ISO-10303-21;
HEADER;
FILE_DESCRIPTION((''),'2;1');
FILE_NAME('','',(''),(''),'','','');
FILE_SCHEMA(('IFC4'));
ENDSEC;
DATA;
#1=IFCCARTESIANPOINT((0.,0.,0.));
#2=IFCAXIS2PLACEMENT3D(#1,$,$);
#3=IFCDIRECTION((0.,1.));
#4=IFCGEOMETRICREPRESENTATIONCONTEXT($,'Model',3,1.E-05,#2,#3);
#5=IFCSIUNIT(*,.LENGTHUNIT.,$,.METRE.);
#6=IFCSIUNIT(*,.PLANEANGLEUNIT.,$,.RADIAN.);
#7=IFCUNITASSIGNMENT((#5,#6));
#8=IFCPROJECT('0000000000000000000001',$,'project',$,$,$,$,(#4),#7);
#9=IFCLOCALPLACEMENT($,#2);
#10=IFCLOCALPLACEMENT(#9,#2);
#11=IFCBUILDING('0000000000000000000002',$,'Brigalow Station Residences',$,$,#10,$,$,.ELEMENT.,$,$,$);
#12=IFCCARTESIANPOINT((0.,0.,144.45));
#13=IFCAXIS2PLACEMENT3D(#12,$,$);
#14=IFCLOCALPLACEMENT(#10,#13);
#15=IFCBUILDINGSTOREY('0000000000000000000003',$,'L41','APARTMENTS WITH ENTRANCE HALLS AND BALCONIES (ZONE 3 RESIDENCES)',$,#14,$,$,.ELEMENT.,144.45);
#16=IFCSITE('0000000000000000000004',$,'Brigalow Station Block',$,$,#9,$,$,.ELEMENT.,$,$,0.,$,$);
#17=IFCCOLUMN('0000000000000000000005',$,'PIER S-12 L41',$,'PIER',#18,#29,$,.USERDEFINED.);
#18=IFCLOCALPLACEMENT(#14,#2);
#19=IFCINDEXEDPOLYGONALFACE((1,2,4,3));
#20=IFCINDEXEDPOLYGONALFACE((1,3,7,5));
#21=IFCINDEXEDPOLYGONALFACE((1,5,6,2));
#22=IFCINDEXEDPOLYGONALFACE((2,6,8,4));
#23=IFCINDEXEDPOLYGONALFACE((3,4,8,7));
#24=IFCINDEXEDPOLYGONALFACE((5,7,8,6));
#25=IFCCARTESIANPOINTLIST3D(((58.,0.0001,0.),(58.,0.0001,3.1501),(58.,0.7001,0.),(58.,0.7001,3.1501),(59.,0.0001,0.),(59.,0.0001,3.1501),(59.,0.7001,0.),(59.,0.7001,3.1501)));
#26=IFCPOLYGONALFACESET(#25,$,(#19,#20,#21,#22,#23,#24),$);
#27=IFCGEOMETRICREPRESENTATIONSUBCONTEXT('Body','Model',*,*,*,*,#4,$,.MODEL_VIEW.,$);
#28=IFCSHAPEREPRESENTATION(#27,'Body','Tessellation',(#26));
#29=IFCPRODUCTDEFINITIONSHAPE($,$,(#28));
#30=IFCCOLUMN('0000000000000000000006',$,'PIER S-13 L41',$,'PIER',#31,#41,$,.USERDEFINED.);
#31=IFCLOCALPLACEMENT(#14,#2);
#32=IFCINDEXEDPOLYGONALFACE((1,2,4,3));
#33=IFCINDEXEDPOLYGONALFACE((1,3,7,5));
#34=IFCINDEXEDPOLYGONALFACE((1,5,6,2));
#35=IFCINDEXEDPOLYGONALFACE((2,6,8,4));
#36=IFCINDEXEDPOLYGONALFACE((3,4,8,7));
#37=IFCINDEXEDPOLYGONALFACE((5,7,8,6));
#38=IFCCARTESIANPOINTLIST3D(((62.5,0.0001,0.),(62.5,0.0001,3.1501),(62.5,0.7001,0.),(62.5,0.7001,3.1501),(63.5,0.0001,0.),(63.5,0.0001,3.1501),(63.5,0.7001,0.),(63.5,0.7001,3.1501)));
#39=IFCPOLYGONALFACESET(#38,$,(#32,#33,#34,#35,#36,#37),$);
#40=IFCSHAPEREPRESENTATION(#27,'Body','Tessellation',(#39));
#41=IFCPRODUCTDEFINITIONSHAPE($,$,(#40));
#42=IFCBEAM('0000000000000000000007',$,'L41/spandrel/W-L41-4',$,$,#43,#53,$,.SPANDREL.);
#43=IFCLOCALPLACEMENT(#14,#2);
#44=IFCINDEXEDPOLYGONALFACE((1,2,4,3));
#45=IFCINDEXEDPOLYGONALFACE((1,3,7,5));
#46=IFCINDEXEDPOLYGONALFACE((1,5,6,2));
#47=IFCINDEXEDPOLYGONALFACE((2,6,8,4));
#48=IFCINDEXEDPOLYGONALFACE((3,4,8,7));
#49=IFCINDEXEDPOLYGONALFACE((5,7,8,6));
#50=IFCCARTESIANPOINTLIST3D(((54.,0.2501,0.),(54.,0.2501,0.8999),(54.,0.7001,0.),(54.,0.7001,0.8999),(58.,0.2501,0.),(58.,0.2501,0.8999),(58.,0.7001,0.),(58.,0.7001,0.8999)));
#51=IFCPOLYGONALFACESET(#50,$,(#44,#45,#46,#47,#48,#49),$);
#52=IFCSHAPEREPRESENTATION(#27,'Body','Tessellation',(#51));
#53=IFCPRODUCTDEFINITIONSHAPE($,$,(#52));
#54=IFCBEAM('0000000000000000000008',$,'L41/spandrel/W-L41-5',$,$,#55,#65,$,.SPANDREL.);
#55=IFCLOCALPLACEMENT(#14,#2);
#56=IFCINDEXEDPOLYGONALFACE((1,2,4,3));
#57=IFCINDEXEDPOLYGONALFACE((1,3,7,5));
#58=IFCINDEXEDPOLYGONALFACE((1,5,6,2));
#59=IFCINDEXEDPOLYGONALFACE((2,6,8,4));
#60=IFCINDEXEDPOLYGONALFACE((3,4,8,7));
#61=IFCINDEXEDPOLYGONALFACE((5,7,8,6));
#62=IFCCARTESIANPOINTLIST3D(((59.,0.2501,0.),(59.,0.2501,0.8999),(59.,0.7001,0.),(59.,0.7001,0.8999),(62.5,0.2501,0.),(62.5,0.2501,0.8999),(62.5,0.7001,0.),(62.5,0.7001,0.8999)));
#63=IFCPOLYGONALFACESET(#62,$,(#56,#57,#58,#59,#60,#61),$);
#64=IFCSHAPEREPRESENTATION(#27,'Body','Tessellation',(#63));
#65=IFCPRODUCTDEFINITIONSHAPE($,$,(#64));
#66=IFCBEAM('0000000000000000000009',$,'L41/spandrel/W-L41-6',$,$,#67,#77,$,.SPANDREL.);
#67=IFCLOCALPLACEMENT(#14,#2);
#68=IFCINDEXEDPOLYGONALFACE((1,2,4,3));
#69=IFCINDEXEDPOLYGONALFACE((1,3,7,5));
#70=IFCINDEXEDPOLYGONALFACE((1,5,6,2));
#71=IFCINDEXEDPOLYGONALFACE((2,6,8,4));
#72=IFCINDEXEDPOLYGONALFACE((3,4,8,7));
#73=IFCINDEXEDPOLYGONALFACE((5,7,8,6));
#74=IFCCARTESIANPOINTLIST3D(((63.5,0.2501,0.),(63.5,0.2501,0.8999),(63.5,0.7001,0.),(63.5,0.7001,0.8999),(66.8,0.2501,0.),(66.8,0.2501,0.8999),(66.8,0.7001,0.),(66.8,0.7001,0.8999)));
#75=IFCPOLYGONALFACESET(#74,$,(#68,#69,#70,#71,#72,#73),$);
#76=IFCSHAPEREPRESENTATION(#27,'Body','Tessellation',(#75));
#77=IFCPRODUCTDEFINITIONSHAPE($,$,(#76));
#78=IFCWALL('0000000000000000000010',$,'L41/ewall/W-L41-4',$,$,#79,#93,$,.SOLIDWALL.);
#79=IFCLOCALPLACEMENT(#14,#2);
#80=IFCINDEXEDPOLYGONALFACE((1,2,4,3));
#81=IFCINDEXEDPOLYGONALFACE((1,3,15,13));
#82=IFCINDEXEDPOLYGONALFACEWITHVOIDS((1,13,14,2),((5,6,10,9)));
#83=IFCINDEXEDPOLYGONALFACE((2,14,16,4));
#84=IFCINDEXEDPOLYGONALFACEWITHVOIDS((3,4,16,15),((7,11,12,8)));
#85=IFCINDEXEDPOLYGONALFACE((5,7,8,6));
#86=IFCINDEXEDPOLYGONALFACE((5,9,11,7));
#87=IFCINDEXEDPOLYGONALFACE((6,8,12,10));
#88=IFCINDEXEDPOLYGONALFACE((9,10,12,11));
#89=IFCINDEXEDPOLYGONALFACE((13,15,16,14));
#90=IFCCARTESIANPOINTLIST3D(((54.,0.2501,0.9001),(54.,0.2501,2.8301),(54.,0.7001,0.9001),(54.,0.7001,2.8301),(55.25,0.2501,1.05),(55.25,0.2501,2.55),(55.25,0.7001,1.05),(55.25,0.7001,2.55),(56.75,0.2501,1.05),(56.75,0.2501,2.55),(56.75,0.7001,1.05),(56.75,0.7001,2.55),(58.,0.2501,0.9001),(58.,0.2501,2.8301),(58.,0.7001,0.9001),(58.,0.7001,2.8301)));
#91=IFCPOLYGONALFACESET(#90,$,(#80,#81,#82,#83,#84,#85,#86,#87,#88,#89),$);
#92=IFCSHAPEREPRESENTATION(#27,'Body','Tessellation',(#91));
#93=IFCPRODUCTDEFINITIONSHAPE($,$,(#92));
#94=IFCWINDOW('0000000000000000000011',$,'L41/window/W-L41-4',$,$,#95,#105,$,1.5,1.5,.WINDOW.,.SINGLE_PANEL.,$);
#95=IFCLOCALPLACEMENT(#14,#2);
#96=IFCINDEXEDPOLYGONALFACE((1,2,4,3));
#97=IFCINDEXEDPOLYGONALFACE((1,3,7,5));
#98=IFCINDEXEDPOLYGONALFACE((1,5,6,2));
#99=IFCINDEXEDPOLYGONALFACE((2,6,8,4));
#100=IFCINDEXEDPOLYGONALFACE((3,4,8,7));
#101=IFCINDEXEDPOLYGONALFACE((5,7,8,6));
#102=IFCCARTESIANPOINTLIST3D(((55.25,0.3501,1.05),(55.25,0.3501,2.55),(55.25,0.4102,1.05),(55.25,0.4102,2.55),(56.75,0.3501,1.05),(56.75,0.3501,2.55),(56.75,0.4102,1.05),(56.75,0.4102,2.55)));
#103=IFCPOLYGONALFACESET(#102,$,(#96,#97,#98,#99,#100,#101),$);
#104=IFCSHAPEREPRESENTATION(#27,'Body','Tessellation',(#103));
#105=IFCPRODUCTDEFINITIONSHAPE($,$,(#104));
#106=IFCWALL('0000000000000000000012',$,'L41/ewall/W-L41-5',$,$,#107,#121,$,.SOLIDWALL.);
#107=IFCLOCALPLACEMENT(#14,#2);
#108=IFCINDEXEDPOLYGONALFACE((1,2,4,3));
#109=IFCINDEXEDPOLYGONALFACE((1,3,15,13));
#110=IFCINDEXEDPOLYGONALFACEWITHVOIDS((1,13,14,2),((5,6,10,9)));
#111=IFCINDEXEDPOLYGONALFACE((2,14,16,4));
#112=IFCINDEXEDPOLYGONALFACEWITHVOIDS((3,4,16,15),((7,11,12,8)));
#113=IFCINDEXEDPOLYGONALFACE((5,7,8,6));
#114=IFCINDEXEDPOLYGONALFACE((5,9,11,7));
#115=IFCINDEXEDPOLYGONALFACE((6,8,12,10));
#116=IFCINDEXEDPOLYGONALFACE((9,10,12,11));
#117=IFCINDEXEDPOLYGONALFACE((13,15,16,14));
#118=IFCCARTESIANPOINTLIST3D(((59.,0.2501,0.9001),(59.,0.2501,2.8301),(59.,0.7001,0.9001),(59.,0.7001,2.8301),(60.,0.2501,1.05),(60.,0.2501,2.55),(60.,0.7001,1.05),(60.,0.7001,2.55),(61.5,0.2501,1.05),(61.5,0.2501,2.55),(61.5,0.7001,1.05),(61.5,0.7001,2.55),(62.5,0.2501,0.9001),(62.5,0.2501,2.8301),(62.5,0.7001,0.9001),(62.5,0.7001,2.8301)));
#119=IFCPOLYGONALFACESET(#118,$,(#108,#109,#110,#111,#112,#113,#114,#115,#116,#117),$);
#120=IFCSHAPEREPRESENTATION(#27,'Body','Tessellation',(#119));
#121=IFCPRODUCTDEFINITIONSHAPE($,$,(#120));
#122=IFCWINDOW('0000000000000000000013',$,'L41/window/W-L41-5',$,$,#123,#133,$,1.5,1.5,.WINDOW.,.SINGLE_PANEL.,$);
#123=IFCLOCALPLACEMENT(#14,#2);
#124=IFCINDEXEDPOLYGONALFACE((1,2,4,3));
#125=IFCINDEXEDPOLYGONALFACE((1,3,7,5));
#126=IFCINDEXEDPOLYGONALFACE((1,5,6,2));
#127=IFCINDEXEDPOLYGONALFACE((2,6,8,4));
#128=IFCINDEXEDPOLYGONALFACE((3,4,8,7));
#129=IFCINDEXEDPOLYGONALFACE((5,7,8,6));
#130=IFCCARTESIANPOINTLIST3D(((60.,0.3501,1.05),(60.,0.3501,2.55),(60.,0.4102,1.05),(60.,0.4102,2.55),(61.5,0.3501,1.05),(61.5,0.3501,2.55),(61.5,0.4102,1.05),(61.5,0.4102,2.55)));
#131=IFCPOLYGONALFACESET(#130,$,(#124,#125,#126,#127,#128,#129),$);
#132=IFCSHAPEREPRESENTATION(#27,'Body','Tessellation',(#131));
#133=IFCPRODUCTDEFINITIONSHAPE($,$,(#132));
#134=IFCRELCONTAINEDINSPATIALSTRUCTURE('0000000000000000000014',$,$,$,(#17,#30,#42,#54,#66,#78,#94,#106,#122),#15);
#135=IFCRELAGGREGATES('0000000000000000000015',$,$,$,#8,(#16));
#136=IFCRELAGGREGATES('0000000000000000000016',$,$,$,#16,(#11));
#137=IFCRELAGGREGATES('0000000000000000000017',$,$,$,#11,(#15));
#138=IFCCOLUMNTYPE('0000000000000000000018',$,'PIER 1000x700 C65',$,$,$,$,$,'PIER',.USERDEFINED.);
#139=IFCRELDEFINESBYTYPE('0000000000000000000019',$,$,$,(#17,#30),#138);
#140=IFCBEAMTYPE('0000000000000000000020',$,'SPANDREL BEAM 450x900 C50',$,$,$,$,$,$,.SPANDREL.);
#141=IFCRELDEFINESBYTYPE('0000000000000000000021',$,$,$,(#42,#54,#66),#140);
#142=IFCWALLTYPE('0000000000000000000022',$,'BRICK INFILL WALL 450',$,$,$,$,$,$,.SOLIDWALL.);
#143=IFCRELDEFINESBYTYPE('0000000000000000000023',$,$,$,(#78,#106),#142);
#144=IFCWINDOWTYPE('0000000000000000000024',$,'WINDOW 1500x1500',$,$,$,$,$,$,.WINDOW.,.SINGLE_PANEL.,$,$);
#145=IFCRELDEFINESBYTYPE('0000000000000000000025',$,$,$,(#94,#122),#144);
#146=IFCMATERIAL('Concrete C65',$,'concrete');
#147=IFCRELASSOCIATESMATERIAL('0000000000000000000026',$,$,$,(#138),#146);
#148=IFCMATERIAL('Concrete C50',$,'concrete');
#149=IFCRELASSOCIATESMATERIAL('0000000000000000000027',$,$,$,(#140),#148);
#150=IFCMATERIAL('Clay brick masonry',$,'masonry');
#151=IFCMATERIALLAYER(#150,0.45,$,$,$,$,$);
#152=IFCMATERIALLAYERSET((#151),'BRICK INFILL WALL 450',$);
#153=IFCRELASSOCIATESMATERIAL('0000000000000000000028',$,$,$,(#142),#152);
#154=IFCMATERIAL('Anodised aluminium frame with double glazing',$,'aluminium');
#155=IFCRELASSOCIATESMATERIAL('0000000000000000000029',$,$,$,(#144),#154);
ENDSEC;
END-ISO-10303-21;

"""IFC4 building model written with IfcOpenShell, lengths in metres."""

from ifc_helpers import new_model, si_unit, direction, frame, frame_2d, origin, origin_2d, place, context, subcontext, project, spatial, rectangle, extrude, material, layer, layer_set, material_profile, profile_set, type_object, element, fill, save


model = new_model("IFC4")

# Units and contexts
model_context = context("Model", 3, precision=1e-05, world=origin(), true_north=direction((0.0, 1.0)))
body_context = subcontext(model_context, "Body", "Model", "MODEL_VIEW")
ifc_project = project(units=[si_unit("LENGTHUNIT", "METRE"), si_unit("PLANEANGLEUNIT", "RADIAN")], contexts=[model_context])

# Site, building, storey
site_placement = place(None, origin())
site = spatial("IfcSite", under=ifc_project, at=site_placement, Name="Brigalow Station Block", CompositionType="ELEMENT", RefElevation=0.0)
building_placement = place(site_placement, origin())
building = spatial("IfcBuilding", under=site, at=building_placement, Name="Brigalow Station Residences", CompositionType="ELEMENT")
storey_placement = place(building_placement, frame((0.0, 0.0, 144.45)))
storey = spatial("IfcBuildingStorey", under=building, at=storey_placement, Name="L41", Description="APARTMENTS WITH ENTRANCE HALLS AND BALCONIES (ZONE 3 RESIDENCES)", CompositionType="ELEMENT", Elevation=144.45)

# Columns
ifc_material_1 = material(Name="Concrete C65", Category="concrete")
ifc_material_profile_1 = material_profile(ifc_material_1, rectangle(XDim=1.0, YDim=0.7, at=origin_2d()), Name="RC1000x700")
ifc_profile_set_1 = profile_set([ifc_material_profile_1], Name="Concrete C65")
column_type = type_object("IfcColumnType", Name="PIER 1000x700 C65", ElementType="PIER", PredefinedType="USERDEFINED", material=ifc_profile_set_1)
for number, where, z_axis, x_axis, name in (
    (1, (58.5, 0.3501, 0.0), (0.0, 0.0, 1.0), (1.0, 0.0, 0.0), "PIER S-12 L41"),
    (2, (63.0, 0.3501, 0.0), (0.0, 0.0, 1.0), (1.0, 0.0, 0.0), "PIER S-13 L41"),
):
    element("IfcColumn", number, at=place(storey_placement, frame(where, z_axis=z_axis, x_axis=x_axis)), inside=storey, type_object=column_type, Name=name, ObjectType="PIER", PredefinedType="USERDEFINED", context=body_context, shape_type="SweptSolid", body=[
        extrude(rectangle(XDim=1.0, YDim=0.7, at=origin_2d()), origin(), (0.0, 0.0, 1.0), 3.1501),
    ])

# Beams
ifc_material_2 = material(Name="Concrete C50", Category="concrete")
ifc_material_profile_2 = material_profile(ifc_material_2, rectangle(XDim=0.45, YDim=0.8999, at=origin_2d()), Name="RC450x900")
ifc_profile_set_2 = profile_set([ifc_material_profile_2], Name="Concrete C50")
beam_type = type_object("IfcBeamType", Name="SPANDREL BEAM 450x900 C50", PredefinedType="SPANDREL", material=ifc_profile_set_2)
beam_1_placement = place(storey_placement, frame((54.0, 0.4751, 0.45), z_axis=(1.0, 0.0, 0.0), x_axis=(0.0, 1.0, 0.0)))
element("IfcBeam", 3, at=beam_1_placement, inside=storey, type_object=beam_type, Name="L41/spandrel/W-L41-4", PredefinedType="SPANDREL", context=body_context, shape_type="SweptSolid", body=[
    extrude(rectangle(XDim=0.45, YDim=0.8999, at=origin_2d()), origin(), (0.0, 0.0, 1.0), 4.0),
])
beam_2_placement = place(storey_placement, frame((59.0, 0.4751, 0.45), z_axis=(1.0, 0.0, 0.0), x_axis=(0.0, 1.0, 0.0)))
element("IfcBeam", 4, at=beam_2_placement, inside=storey, type_object=beam_type, Name="L41/spandrel/W-L41-5", PredefinedType="SPANDREL", context=body_context, shape_type="SweptSolid", body=[
    extrude(rectangle(XDim=0.45, YDim=0.8999, at=origin_2d()), origin(), (0.0, 0.0, 1.0), 3.5),
])
beam_3_placement = place(storey_placement, frame((63.5, 0.4751, 0.45), z_axis=(1.0, 0.0, 0.0), x_axis=(0.0, 1.0, 0.0)))
element("IfcBeam", 5, at=beam_3_placement, inside=storey, type_object=beam_type, Name="L41/spandrel/W-L41-6", PredefinedType="SPANDREL", context=body_context, shape_type="SweptSolid", body=[
    extrude(rectangle(XDim=0.45, YDim=0.8999, at=origin_2d()), origin(), (0.0, 0.0, 1.0), 3.3),
])

# Walls, openings, windows
ifc_material_3 = material(Name="Clay brick masonry", Category="masonry")
ifc_layer_1 = layer(ifc_material_3, 0.45)
ifc_layer_set_1 = layer_set([ifc_layer_1], Name="BRICK INFILL WALL 450")
wall_type_1 = type_object("IfcWallType", Name="BRICK INFILL WALL 450", PredefinedType="SOLIDWALL", material=ifc_layer_set_1)
wall_1_placement = place(storey_placement, frame((54.0, 0.4751, 0.9001), z_axis=(0.0, 0.0, 1.0), x_axis=(1.0, 0.0, 0.0)))
wall_1 = element("IfcWall", 6, at=wall_1_placement, inside=storey, type_object=wall_type_1, Name="L41/ewall/W-L41-4", PredefinedType="SOLIDWALL", context=body_context, shape_type="SweptSolid", body=[
    extrude(rectangle(XDim=4.0, YDim=0.45, at=frame_2d((2.0, 0.0))), origin(), (0.0, 0.0, 1.0), 1.9299),
])
opening_1_placement = place(wall_1_placement, frame((1.25, 0.0, 0.1499)))
opening_1 = element("IfcOpeningElement", 7, at=opening_1_placement, cuts=wall_1, PredefinedType="OPENING", context=body_context, shape_type="SweptSolid", body=[
    extrude(rectangle(XDim=1.5, YDim=1.5, at=frame_2d((0.75, 0.75))), frame((0.0, 0.2349, 0.0), z_axis=(0.0, -1.0, 0.0), x_axis=(1.0, 0.0, 0.0)), (0.0, 0.0, 1.0), 0.47),
])
ifc_material_4 = material(Name="Anodised aluminium frame with double glazing", Category="aluminium")
window_type = type_object("IfcWindowType", Name="WINDOW 1500x1500", PartitioningType="SINGLE_PANEL", PredefinedType="WINDOW", material=ifc_material_4)
window_1_placement = place(opening_1_placement, origin())
window_1 = element("IfcWindow", 8, at=window_1_placement, inside=storey, type_object=window_type, Name="L41/window/W-L41-4", OverallHeight=1.5, OverallWidth=1.5, PartitioningType="SINGLE_PANEL", PredefinedType="WINDOW", context=body_context, shape_type="SweptSolid", body=[
    extrude(rectangle(XDim=1.5, YDim=1.5, at=frame_2d((0.75, 0.75))), frame((0.0, -0.0649, 0.0), z_axis=(0.0, -1.0, 0.0), x_axis=(1.0, 0.0, 0.0)), (0.0, 0.0, 1.0), 0.0601),
])
fill(opening_1, window_1)
wall_2_placement = place(storey_placement, frame((59.0, 0.4751, 0.9001), z_axis=(0.0, 0.0, 1.0), x_axis=(1.0, 0.0, 0.0)))
wall_2 = element("IfcWall", 9, at=wall_2_placement, inside=storey, type_object=wall_type_1, Name="L41/ewall/W-L41-5", PredefinedType="SOLIDWALL", context=body_context, shape_type="SweptSolid", body=[
    extrude(rectangle(XDim=3.5, YDim=0.45, at=frame_2d((1.75, 0.0))), origin(), (0.0, 0.0, 1.0), 1.9299),
])
opening_2_placement = place(wall_2_placement, frame((1.0, 0.0, 0.1499)))
opening_2 = element("IfcOpeningElement", 10, at=opening_2_placement, cuts=wall_2, PredefinedType="OPENING", context=body_context, shape_type="SweptSolid", body=[
    extrude(rectangle(XDim=1.5, YDim=1.5, at=frame_2d((0.75, 0.75))), frame((0.0, 0.2349, 0.0), z_axis=(0.0, -1.0, 0.0), x_axis=(1.0, 0.0, 0.0)), (0.0, 0.0, 1.0), 0.47),
])
window_2_placement = place(opening_2_placement, origin())
window_2 = element("IfcWindow", 11, at=window_2_placement, inside=storey, type_object=window_type, Name="L41/window/W-L41-5", OverallHeight=1.5, OverallWidth=1.5, PartitioningType="SINGLE_PANEL", PredefinedType="WINDOW", context=body_context, shape_type="SweptSolid", body=[
    extrude(rectangle(XDim=1.5, YDim=1.5, at=frame_2d((0.75, 0.75))), frame((0.0, -0.0649, 0.0), z_axis=(0.0, -1.0, 0.0), x_axis=(1.0, 0.0, 0.0)), (0.0, 0.0, 1.0), 0.0601),
])
fill(opening_2, window_2)

save(model, "model.ifc")
